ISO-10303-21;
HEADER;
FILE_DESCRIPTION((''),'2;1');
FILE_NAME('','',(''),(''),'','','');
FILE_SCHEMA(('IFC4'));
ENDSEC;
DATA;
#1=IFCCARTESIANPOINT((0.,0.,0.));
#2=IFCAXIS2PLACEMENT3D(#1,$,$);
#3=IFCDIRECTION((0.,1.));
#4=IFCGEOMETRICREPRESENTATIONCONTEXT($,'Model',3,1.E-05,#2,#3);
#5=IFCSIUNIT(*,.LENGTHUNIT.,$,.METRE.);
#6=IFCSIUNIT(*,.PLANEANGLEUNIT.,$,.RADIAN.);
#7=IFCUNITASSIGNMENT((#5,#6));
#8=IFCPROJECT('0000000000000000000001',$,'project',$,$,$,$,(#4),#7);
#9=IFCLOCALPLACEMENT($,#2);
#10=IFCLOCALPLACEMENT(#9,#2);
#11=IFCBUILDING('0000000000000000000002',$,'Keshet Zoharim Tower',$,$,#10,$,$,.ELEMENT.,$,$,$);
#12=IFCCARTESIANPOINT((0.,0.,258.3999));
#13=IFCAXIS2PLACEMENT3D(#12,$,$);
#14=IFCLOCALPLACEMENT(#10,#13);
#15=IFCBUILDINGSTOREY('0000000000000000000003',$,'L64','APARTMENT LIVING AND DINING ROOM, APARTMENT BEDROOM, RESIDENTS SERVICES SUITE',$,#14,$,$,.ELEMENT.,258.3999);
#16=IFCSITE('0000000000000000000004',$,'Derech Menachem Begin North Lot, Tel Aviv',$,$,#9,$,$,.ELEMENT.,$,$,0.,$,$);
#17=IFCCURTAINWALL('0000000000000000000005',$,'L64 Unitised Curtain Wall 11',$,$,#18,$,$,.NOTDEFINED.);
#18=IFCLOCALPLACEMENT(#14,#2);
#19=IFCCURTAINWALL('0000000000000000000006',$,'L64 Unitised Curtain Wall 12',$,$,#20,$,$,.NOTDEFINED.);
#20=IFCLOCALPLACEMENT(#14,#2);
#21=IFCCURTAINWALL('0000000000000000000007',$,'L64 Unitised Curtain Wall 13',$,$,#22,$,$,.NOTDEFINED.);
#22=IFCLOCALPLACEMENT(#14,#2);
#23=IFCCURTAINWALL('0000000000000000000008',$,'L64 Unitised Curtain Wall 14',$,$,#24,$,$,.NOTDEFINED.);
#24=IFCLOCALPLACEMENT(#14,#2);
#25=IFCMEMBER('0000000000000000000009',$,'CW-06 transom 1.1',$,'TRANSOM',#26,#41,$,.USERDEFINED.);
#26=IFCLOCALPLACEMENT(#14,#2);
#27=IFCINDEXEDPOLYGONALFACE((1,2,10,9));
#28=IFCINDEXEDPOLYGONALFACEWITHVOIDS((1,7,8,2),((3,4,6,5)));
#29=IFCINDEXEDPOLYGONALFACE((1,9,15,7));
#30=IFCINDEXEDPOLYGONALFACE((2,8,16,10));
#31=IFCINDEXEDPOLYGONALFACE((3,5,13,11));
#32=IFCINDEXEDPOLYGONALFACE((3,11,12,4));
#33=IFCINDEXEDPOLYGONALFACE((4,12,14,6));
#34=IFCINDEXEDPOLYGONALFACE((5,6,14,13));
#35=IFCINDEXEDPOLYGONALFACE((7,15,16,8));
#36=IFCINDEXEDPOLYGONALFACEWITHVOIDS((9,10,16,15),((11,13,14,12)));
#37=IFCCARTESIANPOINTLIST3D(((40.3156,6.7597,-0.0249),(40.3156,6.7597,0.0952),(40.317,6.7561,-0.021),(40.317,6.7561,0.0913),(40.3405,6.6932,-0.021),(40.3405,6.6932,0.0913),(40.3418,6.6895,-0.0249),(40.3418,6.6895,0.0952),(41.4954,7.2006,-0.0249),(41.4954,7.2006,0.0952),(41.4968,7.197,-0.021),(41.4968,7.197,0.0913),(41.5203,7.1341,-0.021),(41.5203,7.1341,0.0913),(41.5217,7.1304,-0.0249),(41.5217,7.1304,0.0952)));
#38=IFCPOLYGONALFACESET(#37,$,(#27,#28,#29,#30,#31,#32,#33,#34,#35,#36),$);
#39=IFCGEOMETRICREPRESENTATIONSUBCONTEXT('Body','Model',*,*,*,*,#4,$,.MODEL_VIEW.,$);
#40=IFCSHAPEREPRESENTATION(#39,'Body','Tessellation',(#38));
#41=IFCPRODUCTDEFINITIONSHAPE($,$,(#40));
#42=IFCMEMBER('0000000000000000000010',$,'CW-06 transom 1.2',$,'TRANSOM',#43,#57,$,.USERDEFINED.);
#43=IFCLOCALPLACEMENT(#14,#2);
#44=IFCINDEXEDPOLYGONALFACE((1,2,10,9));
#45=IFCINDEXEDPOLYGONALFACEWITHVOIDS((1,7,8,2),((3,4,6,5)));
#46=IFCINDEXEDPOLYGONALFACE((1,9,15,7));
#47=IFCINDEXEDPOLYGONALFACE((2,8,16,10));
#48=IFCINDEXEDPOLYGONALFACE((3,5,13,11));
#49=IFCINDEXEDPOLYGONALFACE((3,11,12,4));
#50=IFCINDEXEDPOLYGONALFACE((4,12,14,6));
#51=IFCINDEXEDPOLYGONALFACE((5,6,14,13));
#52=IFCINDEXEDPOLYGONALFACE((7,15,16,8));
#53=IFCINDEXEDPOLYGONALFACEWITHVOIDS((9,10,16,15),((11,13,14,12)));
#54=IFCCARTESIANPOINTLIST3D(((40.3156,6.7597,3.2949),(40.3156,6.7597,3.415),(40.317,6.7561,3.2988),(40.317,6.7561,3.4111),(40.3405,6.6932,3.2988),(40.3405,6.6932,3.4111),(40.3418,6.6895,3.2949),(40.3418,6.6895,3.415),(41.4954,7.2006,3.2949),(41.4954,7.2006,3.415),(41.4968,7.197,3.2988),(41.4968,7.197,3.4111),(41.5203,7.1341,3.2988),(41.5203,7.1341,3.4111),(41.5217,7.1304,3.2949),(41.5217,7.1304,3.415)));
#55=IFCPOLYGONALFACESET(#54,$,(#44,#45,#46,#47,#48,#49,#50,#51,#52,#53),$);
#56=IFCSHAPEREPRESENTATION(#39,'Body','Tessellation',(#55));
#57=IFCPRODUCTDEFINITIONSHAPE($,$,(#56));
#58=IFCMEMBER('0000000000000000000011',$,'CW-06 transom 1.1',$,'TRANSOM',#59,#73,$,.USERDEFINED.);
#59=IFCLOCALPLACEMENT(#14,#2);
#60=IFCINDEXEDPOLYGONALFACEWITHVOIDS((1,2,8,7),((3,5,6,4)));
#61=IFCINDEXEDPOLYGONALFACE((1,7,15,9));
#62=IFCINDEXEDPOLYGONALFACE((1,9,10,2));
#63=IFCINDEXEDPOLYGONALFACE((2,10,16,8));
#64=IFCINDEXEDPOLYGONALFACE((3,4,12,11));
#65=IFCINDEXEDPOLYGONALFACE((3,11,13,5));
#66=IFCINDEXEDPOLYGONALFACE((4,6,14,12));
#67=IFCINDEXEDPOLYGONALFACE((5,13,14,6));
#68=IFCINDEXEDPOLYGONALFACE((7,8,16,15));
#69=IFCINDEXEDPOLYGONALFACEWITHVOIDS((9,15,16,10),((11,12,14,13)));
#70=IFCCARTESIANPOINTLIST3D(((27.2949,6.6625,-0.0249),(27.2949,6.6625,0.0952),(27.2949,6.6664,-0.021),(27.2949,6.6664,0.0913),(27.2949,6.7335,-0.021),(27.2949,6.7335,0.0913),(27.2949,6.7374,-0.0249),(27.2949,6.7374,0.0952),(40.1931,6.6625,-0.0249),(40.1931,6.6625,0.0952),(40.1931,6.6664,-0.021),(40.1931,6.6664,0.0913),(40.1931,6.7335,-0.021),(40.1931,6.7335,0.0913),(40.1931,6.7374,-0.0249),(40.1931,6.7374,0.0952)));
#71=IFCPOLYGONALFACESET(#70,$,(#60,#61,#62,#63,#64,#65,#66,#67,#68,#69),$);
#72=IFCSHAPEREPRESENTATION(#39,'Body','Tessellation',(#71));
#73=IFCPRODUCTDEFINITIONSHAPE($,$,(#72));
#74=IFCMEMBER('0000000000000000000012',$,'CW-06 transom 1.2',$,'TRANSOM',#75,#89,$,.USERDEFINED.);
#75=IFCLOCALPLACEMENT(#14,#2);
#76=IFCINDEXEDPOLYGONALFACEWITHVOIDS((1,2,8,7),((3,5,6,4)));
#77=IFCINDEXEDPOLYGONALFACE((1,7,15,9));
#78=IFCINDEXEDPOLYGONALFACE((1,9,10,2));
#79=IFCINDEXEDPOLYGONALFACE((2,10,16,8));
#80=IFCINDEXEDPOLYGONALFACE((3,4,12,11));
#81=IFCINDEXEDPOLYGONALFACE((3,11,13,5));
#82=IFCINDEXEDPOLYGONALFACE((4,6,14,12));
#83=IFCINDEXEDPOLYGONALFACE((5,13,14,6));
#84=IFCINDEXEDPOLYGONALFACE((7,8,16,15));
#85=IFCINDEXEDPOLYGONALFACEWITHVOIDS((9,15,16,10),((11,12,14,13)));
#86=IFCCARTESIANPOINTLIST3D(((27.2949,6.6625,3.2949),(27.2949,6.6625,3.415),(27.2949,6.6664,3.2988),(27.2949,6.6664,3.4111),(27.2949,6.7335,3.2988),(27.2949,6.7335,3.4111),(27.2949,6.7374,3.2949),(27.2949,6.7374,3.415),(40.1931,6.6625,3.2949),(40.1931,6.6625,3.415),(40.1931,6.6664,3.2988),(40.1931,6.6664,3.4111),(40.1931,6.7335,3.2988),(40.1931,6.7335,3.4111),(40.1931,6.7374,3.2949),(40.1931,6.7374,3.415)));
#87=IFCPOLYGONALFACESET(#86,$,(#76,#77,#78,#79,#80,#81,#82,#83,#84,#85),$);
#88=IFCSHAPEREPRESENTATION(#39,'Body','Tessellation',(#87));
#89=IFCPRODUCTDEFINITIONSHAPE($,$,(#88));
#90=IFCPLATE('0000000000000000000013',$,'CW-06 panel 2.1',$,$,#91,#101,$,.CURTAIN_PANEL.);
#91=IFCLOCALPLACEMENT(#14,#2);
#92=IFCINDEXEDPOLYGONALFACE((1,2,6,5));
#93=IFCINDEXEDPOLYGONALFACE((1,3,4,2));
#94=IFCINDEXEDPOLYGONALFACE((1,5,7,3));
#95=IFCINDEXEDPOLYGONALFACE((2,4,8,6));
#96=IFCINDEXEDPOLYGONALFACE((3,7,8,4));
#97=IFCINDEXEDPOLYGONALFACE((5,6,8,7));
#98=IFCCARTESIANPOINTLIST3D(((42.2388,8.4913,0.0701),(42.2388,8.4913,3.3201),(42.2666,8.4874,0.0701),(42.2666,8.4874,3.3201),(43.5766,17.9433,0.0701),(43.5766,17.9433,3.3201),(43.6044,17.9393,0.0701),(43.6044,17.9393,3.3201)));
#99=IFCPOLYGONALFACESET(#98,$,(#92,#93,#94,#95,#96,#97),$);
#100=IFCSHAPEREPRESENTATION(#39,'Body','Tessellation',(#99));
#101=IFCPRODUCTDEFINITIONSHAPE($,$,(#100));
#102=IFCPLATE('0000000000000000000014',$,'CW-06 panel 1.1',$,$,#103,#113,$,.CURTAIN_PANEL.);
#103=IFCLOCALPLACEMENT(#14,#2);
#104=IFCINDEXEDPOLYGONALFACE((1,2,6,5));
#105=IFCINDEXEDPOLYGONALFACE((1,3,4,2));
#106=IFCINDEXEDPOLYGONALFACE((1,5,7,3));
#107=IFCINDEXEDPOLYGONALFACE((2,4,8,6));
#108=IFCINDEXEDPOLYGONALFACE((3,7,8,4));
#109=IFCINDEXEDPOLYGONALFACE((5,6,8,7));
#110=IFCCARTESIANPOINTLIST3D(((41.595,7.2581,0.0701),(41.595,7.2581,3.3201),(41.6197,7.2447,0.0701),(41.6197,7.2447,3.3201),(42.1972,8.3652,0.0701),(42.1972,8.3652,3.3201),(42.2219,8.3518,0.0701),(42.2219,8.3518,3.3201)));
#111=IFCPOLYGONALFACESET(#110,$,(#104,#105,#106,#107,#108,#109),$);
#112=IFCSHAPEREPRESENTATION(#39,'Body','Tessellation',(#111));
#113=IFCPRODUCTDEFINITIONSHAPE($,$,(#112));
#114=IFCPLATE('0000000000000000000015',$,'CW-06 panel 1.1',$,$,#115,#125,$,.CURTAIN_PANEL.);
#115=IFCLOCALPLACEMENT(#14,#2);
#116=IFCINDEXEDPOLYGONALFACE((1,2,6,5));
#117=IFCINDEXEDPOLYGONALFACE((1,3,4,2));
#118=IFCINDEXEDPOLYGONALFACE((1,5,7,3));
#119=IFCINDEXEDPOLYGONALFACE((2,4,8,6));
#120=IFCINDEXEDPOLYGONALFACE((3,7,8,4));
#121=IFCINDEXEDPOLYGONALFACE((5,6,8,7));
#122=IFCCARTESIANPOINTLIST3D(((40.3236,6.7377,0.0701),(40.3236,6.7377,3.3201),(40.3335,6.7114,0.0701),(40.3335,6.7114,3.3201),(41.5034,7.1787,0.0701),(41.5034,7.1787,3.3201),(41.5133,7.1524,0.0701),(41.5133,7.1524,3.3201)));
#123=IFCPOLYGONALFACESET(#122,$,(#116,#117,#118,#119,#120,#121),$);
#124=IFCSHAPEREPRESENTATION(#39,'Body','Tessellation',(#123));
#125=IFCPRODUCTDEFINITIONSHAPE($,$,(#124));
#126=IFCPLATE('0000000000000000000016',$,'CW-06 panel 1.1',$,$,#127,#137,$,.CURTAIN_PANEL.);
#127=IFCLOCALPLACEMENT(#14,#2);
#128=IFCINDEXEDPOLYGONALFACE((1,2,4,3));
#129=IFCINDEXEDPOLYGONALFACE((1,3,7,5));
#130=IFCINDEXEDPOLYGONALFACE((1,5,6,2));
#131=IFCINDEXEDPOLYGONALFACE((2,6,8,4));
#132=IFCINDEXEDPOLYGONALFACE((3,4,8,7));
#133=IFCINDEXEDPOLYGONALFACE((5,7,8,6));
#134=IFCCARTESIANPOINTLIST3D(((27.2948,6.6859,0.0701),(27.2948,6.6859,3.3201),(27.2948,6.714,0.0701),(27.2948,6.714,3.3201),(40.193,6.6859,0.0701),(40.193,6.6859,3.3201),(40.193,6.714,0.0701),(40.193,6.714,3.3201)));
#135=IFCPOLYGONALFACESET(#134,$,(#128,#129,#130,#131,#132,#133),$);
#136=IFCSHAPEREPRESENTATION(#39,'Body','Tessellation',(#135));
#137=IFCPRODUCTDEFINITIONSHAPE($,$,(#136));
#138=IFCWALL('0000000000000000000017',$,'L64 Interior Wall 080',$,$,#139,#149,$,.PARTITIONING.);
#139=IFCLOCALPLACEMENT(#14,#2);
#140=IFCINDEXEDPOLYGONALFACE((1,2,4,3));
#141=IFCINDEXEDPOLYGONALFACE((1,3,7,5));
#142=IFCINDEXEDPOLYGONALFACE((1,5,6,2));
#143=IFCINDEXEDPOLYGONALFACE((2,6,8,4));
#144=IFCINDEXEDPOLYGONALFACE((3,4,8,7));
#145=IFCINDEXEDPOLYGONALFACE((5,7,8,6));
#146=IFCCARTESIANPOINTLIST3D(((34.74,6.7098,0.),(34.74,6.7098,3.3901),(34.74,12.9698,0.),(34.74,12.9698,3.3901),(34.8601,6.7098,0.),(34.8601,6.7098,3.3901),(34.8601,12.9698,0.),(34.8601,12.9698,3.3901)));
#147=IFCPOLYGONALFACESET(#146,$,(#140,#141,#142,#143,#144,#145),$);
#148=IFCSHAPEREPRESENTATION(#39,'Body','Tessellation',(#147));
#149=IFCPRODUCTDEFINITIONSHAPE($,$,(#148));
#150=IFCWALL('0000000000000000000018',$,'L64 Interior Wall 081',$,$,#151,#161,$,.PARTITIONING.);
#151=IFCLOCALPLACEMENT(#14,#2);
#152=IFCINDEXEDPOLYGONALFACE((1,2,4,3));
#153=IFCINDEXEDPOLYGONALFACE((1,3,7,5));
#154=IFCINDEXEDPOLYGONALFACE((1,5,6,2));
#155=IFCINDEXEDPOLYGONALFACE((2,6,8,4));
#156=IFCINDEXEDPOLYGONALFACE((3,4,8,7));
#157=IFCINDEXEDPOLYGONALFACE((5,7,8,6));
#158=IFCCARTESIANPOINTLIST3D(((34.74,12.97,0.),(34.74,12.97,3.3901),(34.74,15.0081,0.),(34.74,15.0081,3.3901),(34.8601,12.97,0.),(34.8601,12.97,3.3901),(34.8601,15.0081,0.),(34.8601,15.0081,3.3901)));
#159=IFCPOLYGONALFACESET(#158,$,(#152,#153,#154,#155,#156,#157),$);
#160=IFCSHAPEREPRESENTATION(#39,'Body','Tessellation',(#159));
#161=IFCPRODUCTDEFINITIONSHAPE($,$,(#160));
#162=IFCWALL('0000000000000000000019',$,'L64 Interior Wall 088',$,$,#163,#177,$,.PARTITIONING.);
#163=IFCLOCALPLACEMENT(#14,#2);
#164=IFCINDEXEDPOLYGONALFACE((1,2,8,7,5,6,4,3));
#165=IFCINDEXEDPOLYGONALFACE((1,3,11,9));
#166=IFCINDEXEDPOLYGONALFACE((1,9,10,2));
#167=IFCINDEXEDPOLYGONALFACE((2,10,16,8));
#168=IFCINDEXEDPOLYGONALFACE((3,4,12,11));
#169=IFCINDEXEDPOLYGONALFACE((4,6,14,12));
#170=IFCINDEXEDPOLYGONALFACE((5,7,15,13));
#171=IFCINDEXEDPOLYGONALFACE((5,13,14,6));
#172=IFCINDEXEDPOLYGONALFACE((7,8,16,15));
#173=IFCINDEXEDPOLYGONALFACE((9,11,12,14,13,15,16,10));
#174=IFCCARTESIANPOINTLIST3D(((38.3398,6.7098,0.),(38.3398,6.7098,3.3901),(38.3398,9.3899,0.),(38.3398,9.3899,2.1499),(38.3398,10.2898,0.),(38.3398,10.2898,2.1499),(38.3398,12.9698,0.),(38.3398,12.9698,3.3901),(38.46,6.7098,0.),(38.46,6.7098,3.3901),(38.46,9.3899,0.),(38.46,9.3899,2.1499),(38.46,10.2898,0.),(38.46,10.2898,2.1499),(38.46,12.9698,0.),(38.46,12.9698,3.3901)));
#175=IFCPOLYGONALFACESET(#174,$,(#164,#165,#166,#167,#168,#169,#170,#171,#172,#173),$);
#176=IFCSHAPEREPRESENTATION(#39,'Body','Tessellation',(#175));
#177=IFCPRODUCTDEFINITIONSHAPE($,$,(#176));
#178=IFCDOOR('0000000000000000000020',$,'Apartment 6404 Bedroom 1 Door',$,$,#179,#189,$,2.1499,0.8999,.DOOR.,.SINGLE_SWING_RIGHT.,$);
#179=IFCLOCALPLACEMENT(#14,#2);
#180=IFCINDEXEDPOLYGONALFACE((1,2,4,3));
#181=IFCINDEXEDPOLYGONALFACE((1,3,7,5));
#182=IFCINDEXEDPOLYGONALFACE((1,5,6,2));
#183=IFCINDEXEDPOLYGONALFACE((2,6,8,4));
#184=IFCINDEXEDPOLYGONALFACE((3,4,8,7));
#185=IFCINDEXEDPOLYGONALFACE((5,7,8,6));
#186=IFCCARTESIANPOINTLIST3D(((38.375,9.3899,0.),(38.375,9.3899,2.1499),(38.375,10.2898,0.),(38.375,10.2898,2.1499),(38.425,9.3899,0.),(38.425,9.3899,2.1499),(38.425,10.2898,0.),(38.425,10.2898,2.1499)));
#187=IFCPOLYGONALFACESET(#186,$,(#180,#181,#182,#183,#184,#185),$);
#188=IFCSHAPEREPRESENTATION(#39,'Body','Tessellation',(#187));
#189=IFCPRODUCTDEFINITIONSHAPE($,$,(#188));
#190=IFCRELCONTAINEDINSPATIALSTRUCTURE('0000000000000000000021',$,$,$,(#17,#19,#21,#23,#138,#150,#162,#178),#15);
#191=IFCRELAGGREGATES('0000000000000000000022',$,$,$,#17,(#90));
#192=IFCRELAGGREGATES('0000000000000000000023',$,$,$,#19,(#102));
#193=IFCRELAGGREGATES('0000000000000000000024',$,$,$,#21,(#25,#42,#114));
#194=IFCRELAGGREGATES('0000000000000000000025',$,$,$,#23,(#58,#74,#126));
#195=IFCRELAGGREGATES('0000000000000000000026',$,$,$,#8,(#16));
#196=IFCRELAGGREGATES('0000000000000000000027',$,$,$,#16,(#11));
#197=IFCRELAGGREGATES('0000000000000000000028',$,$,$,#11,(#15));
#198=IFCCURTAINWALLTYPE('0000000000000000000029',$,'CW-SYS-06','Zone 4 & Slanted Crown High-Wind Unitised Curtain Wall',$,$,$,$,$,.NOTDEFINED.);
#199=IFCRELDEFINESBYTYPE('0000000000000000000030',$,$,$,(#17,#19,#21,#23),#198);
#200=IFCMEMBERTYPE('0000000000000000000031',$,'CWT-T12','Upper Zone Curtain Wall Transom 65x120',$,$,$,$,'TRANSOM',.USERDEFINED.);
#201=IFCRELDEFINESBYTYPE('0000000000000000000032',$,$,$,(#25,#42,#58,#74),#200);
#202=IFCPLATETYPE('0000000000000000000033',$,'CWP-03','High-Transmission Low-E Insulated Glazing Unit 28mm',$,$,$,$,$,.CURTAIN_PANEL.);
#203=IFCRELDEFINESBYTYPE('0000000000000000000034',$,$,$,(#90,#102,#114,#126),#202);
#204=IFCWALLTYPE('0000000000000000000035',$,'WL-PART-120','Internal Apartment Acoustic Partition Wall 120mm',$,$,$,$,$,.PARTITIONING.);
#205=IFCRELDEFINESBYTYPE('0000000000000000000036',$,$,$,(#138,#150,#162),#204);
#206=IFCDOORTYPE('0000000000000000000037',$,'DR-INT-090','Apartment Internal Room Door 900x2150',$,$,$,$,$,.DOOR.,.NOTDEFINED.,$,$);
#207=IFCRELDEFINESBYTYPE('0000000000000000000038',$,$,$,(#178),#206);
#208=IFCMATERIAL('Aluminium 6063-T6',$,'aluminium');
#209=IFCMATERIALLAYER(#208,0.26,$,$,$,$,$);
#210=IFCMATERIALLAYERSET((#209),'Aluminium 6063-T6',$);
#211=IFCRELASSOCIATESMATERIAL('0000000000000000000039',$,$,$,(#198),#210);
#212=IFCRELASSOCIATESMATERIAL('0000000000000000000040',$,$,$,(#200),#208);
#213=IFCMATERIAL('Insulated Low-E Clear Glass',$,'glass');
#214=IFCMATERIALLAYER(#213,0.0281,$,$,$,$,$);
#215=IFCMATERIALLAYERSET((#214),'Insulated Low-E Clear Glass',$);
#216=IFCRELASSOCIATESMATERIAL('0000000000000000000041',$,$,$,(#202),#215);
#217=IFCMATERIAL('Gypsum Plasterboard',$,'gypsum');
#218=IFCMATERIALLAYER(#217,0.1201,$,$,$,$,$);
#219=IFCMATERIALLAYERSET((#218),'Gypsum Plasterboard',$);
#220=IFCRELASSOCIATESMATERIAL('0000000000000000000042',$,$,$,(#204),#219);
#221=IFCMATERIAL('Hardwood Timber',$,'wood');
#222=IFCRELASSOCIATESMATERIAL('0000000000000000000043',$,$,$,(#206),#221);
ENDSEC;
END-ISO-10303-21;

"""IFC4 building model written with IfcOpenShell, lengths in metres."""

from ifc_helpers import new_model, si_unit, direction, frame, frame_2d, origin, origin_2d, place, context, subcontext, project, spatial, rectangle, hollow_rectangle, extrude, material, layer, layer_set, material_profile, profile_set, type_object, element, fill, aggregate, save


model = new_model("IFC4")

# Units and contexts
model_context = context("Model", 3, precision=1e-05, world=origin(), true_north=direction((0.0, 1.0)))
body_context = subcontext(model_context, "Body", "Model", "MODEL_VIEW")
ifc_project = project(units=[si_unit("LENGTHUNIT", "METRE"), si_unit("PLANEANGLEUNIT", "RADIAN")], contexts=[model_context])

# Site, building, storey
site_placement = place(None, origin())
site = spatial("IfcSite", under=ifc_project, at=site_placement, Name="Derech Menachem Begin North Lot, Tel Aviv", CompositionType="ELEMENT", RefElevation=0.0)
building_placement = place(site_placement, origin())
building = spatial("IfcBuilding", under=site, at=building_placement, Name="Keshet Zoharim Tower", CompositionType="ELEMENT")
storey_placement = place(building_placement, frame((0.0, 0.0, 258.3999)))
storey = spatial("IfcBuildingStorey", under=building, at=storey_placement, Name="L64", Description="APARTMENT LIVING AND DINING ROOM, APARTMENT BEDROOM, RESIDENTS SERVICES SUITE", CompositionType="ELEMENT", Elevation=258.3999)

# Curtain wall
ifc_material_1 = material(Name="Aluminium 6063-T6", Category="aluminium")
ifc_layer_1 = layer(ifc_material_1, 0.26)
ifc_layer_set_1 = layer_set([ifc_layer_1], Name="Aluminium 6063-T6")
curtain_wall_type = type_object("IfcCurtainWallType", Name="CW-SYS-06", Description="Zone 4 & Slanted Crown High-Wind Unitised Curtain Wall", PredefinedType="NOTDEFINED", material=ifc_layer_set_1)
curtain_wall_1_placement = place(storey_placement, origin())
curtain_wall_1 = element("IfcCurtainWall", 1, at=curtain_wall_1_placement, inside=storey, type_object=curtain_wall_type, Name="L64 Unitised Curtain Wall 11", PredefinedType="NOTDEFINED")

# Curtain walls
curtain_wall_2_placement = place(storey_placement, origin())
curtain_wall_2 = element("IfcCurtainWall", 2, at=curtain_wall_2_placement, inside=storey, type_object=curtain_wall_type, Name="L64 Unitised Curtain Wall 12", PredefinedType="NOTDEFINED")
curtain_wall_3_placement = place(storey_placement, origin())
curtain_wall_3 = element("IfcCurtainWall", 3, at=curtain_wall_3_placement, inside=storey, type_object=curtain_wall_type, Name="L64 Unitised Curtain Wall 13", PredefinedType="NOTDEFINED")

# Curtain wall
curtain_wall_4_placement = place(storey_placement, origin())
curtain_wall_4 = element("IfcCurtainWall", 4, at=curtain_wall_4_placement, inside=storey, type_object=curtain_wall_type, Name="L64 Unitised Curtain Wall 14", PredefinedType="NOTDEFINED")

# Members
ifc_material_profile_1 = material_profile(ifc_material_1, hollow_rectangle(XDim=0.075, YDim=0.1201, WallThickness=0.0039, at=origin_2d()), Name="TRN-75x120")
ifc_profile_set_1 = profile_set([ifc_material_profile_1], Name="Aluminium 6063-T6")
member_type_1 = type_object("IfcMemberType", Name="CWT-T12", Description="Upper Zone Curtain Wall Transom 65x120", ElementType="TRANSOM", PredefinedType="USERDEFINED", material=ifc_profile_set_1)
member_1_placement = place(storey_placement, frame((41.5085, 7.1655, 0.0352), z_axis=(-0.936735, -0.35004, 0.0), x_axis=(0.35004, -0.936735, 0.0)))
member_1 = element("IfcMember", 5, at=member_1_placement, type_object=member_type_1, Name="CW-06 transom 1.1", ObjectType="TRANSOM", PredefinedType="USERDEFINED", context=body_context, shape_type="SweptSolid", body=[
    extrude(hollow_rectangle(XDim=0.075, YDim=0.1201, WallThickness=0.0039, at=origin_2d()), origin(), (0.0, 0.0, 1.0), 1.2595),
])
member_2_placement = place(storey_placement, frame((41.5085, 7.1655, 3.355), z_axis=(-0.936735, -0.35004, 0.0), x_axis=(0.35004, -0.936735, 0.0)))
member_2 = element("IfcMember", 6, at=member_2_placement, type_object=member_type_1, Name="CW-06 transom 1.2", ObjectType="TRANSOM", PredefinedType="USERDEFINED", context=body_context, shape_type="SweptSolid", body=[
    extrude(hollow_rectangle(XDim=0.075, YDim=0.1201, WallThickness=0.0039, at=origin_2d()), origin(), (0.0, 0.0, 1.0), 1.2595),
])
member_3_placement = place(storey_placement, frame((40.1931, 6.7, 0.0352), z_axis=(-1.0, 0.0, 0.0), x_axis=(0.0, -1.0, 0.0)))
member_3 = element("IfcMember", 7, at=member_3_placement, type_object=member_type_1, Name="CW-06 transom 1.1", ObjectType="TRANSOM", PredefinedType="USERDEFINED", context=body_context, shape_type="SweptSolid", body=[
    extrude(hollow_rectangle(XDim=0.075, YDim=0.1201, WallThickness=0.0039, at=origin_2d()), origin(), (0.0, 0.0, 1.0), 12.8982),
])
member_4_placement = place(storey_placement, frame((40.1931, 6.7, 3.355), z_axis=(-1.0, 0.0, 0.0), x_axis=(0.0, -1.0, 0.0)))
member_4 = element("IfcMember", 8, at=member_4_placement, type_object=member_type_1, Name="CW-06 transom 1.2", ObjectType="TRANSOM", PredefinedType="USERDEFINED", context=body_context, shape_type="SweptSolid", body=[
    extrude(hollow_rectangle(XDim=0.075, YDim=0.1201, WallThickness=0.0039, at=origin_2d()), origin(), (0.0, 0.0, 1.0), 12.8982),
])

# Plates
ifc_material_2 = material(Name="Insulated Low-E Clear Glass", Category="glass")
ifc_layer_2 = layer(ifc_material_2, 0.0281)
ifc_layer_set_2 = layer_set([ifc_layer_2], Name="Insulated Low-E Clear Glass")
plate_type = type_object("IfcPlateType", Name="CWP-03", Description="High-Transmission Low-E Insulated Glazing Unit 28mm", PredefinedType="CURTAIN_PANEL", material=ifc_layer_set_2)
plate_1_placement = place(storey_placement, frame((42.9216, 13.2153, 0.0701), z_axis=(0.0, 0.0, 1.0), x_axis=(-0.140137, -0.990132, 0.0)))
plate_1 = element("IfcPlate", 9, at=plate_1_placement, type_object=plate_type, Name="CW-06 panel 2.1", PredefinedType="CURTAIN_PANEL", context=body_context, shape_type="SweptSolid", body=[
    extrude(rectangle(XDim=9.5461, YDim=0.0281, at=origin_2d()), origin(), (0.0, 0.0, 1.0), 3.25),
])
aggregate(curtain_wall_1, [plate_1])
plate_2_placement = place(storey_placement, frame((41.9084, 7.8049, 0.0701), z_axis=(0.0, 0.0, 1.0), x_axis=(-0.477801, -0.878468, 0.0)))
plate_2 = element("IfcPlate", 10, at=plate_2_placement, type_object=plate_type, Name="CW-06 panel 1.1", PredefinedType="CURTAIN_PANEL", context=body_context, shape_type="SweptSolid", body=[
    extrude(rectangle(XDim=1.2603, YDim=0.0281, at=origin_2d()), origin(), (0.0, 0.0, 1.0), 3.25),
])
aggregate(curtain_wall_2, [plate_2])
plate_3_placement = place(storey_placement, frame((40.9185, 6.9451, 0.0701), z_axis=(0.0, 0.0, 1.0), x_axis=(-0.93671, -0.350105, 0.0)))
plate_3 = element("IfcPlate", 11, at=plate_3_placement, type_object=plate_type, Name="CW-06 panel 1.1", PredefinedType="CURTAIN_PANEL", context=body_context, shape_type="SweptSolid", body=[
    extrude(rectangle(XDim=1.2595, YDim=0.0281, at=origin_2d()), origin(), (0.0, 0.0, 1.0), 3.25),
])
aggregate(curtain_wall_3, [member_1, member_2, plate_3])
plate_4_placement = place(storey_placement, frame((33.7439, 6.7, 0.0701), z_axis=(0.0, 0.0, 1.0), x_axis=(-1.0, 0.0, 0.0)))
plate_4 = element("IfcPlate", 12, at=plate_4_placement, type_object=plate_type, Name="CW-06 panel 1.1", PredefinedType="CURTAIN_PANEL", context=body_context, shape_type="SweptSolid", body=[
    extrude(rectangle(XDim=12.8982, YDim=0.0281, at=origin_2d()), origin(), (0.0, 0.0, 1.0), 3.25),
])
aggregate(curtain_wall_4, [member_3, member_4, plate_4])

# Walls
ifc_material_3 = material(Name="Gypsum Plasterboard", Category="gypsum")
ifc_layer_3 = layer(ifc_material_3, 0.1201)
ifc_layer_set_3 = layer_set([ifc_layer_3], Name="Gypsum Plasterboard")
wall_type = type_object("IfcWallType", Name="WL-PART-120", Description="Internal Apartment Acoustic Partition Wall 120mm", PredefinedType="PARTITIONING", material=ifc_layer_set_3)
wall_1_placement = place(storey_placement, frame((34.8, 6.71, 0.0), z_axis=(0.0, 0.0, 1.0), x_axis=(0.0, 1.0, 0.0)))
element("IfcWall", 13, at=wall_1_placement, inside=storey, type_object=wall_type, Name="L64 Interior Wall 080", PredefinedType="PARTITIONING", context=body_context, shape_type="SweptSolid", body=[
    extrude(rectangle(XDim=6.26, YDim=0.1201, at=frame_2d((3.1299, 0.0))), origin(), (0.0, 0.0, 1.0), 3.3901),
])
wall_2_placement = place(storey_placement, frame((34.8, 12.97, 0.0), z_axis=(0.0, 0.0, 1.0), x_axis=(0.0, 1.0, 0.0)))
element("IfcWall", 14, at=wall_2_placement, inside=storey, type_object=wall_type, Name="L64 Interior Wall 081", PredefinedType="PARTITIONING", context=body_context, shape_type="SweptSolid", body=[
    extrude(rectangle(XDim=2.0381, YDim=0.1201, at=frame_2d((1.019, 0.0))), origin(), (0.0, 0.0, 1.0), 3.3901),
])

# Wall, opening, door
wall_3_placement = place(storey_placement, frame((38.3999, 6.71, 0.0), z_axis=(0.0, 0.0, 1.0), x_axis=(0.0, 1.0, 0.0)))
wall_3 = element("IfcWall", 15, at=wall_3_placement, inside=storey, type_object=wall_type, Name="L64 Interior Wall 088", PredefinedType="PARTITIONING", context=body_context, shape_type="SweptSolid", body=[
    extrude(rectangle(XDim=6.26, YDim=0.1201, at=frame_2d((3.1299, 0.0))), origin(), (0.0, 0.0, 1.0), 3.3901),
])
opening_1_placement = place(wall_3_placement, frame((2.6799, 0.0, 0.0)))
opening_1 = element("IfcOpeningElement", 16, at=opening_1_placement, cuts=wall_3, PredefinedType="OPENING", context=body_context, shape_type="SweptSolid", body=[
    extrude(rectangle(XDim=0.8999, YDim=2.1499, at=frame_2d((0.45, 1.075))), frame((0.0, 0.0701, 0.0), z_axis=(0.0, -1.0, 0.0), x_axis=(1.0, 0.0, 0.0)), (0.0, 0.0, 1.0), 0.1401),
])
ifc_material_4 = material(Name="Hardwood Timber", Category="wood")
door_type = type_object("IfcDoorType", Name="DR-INT-090", Description="Apartment Internal Room Door 900x2150", OperationType="NOTDEFINED", PredefinedType="DOOR", material=ifc_material_4)
door_1_placement = place(opening_1_placement, origin())
door_1 = element("IfcDoor", 17, at=door_1_placement, inside=storey, type_object=door_type, Name="Apartment 6404 Bedroom 1 Door", OperationType="SINGLE_SWING_RIGHT", OverallHeight=2.1499, OverallWidth=0.8999, PredefinedType="DOOR", context=body_context, shape_type="SweptSolid", body=[
    extrude(rectangle(XDim=0.8999, YDim=2.1499, at=frame_2d((0.45, 1.075))), frame((0.0, 0.0249, 0.0), z_axis=(0.0, -1.0, 0.0), x_axis=(1.0, 0.0, 0.0)), (0.0, 0.0, 1.0), 0.05),
])
fill(opening_1, door_1)

save(model, "model.ifc")
